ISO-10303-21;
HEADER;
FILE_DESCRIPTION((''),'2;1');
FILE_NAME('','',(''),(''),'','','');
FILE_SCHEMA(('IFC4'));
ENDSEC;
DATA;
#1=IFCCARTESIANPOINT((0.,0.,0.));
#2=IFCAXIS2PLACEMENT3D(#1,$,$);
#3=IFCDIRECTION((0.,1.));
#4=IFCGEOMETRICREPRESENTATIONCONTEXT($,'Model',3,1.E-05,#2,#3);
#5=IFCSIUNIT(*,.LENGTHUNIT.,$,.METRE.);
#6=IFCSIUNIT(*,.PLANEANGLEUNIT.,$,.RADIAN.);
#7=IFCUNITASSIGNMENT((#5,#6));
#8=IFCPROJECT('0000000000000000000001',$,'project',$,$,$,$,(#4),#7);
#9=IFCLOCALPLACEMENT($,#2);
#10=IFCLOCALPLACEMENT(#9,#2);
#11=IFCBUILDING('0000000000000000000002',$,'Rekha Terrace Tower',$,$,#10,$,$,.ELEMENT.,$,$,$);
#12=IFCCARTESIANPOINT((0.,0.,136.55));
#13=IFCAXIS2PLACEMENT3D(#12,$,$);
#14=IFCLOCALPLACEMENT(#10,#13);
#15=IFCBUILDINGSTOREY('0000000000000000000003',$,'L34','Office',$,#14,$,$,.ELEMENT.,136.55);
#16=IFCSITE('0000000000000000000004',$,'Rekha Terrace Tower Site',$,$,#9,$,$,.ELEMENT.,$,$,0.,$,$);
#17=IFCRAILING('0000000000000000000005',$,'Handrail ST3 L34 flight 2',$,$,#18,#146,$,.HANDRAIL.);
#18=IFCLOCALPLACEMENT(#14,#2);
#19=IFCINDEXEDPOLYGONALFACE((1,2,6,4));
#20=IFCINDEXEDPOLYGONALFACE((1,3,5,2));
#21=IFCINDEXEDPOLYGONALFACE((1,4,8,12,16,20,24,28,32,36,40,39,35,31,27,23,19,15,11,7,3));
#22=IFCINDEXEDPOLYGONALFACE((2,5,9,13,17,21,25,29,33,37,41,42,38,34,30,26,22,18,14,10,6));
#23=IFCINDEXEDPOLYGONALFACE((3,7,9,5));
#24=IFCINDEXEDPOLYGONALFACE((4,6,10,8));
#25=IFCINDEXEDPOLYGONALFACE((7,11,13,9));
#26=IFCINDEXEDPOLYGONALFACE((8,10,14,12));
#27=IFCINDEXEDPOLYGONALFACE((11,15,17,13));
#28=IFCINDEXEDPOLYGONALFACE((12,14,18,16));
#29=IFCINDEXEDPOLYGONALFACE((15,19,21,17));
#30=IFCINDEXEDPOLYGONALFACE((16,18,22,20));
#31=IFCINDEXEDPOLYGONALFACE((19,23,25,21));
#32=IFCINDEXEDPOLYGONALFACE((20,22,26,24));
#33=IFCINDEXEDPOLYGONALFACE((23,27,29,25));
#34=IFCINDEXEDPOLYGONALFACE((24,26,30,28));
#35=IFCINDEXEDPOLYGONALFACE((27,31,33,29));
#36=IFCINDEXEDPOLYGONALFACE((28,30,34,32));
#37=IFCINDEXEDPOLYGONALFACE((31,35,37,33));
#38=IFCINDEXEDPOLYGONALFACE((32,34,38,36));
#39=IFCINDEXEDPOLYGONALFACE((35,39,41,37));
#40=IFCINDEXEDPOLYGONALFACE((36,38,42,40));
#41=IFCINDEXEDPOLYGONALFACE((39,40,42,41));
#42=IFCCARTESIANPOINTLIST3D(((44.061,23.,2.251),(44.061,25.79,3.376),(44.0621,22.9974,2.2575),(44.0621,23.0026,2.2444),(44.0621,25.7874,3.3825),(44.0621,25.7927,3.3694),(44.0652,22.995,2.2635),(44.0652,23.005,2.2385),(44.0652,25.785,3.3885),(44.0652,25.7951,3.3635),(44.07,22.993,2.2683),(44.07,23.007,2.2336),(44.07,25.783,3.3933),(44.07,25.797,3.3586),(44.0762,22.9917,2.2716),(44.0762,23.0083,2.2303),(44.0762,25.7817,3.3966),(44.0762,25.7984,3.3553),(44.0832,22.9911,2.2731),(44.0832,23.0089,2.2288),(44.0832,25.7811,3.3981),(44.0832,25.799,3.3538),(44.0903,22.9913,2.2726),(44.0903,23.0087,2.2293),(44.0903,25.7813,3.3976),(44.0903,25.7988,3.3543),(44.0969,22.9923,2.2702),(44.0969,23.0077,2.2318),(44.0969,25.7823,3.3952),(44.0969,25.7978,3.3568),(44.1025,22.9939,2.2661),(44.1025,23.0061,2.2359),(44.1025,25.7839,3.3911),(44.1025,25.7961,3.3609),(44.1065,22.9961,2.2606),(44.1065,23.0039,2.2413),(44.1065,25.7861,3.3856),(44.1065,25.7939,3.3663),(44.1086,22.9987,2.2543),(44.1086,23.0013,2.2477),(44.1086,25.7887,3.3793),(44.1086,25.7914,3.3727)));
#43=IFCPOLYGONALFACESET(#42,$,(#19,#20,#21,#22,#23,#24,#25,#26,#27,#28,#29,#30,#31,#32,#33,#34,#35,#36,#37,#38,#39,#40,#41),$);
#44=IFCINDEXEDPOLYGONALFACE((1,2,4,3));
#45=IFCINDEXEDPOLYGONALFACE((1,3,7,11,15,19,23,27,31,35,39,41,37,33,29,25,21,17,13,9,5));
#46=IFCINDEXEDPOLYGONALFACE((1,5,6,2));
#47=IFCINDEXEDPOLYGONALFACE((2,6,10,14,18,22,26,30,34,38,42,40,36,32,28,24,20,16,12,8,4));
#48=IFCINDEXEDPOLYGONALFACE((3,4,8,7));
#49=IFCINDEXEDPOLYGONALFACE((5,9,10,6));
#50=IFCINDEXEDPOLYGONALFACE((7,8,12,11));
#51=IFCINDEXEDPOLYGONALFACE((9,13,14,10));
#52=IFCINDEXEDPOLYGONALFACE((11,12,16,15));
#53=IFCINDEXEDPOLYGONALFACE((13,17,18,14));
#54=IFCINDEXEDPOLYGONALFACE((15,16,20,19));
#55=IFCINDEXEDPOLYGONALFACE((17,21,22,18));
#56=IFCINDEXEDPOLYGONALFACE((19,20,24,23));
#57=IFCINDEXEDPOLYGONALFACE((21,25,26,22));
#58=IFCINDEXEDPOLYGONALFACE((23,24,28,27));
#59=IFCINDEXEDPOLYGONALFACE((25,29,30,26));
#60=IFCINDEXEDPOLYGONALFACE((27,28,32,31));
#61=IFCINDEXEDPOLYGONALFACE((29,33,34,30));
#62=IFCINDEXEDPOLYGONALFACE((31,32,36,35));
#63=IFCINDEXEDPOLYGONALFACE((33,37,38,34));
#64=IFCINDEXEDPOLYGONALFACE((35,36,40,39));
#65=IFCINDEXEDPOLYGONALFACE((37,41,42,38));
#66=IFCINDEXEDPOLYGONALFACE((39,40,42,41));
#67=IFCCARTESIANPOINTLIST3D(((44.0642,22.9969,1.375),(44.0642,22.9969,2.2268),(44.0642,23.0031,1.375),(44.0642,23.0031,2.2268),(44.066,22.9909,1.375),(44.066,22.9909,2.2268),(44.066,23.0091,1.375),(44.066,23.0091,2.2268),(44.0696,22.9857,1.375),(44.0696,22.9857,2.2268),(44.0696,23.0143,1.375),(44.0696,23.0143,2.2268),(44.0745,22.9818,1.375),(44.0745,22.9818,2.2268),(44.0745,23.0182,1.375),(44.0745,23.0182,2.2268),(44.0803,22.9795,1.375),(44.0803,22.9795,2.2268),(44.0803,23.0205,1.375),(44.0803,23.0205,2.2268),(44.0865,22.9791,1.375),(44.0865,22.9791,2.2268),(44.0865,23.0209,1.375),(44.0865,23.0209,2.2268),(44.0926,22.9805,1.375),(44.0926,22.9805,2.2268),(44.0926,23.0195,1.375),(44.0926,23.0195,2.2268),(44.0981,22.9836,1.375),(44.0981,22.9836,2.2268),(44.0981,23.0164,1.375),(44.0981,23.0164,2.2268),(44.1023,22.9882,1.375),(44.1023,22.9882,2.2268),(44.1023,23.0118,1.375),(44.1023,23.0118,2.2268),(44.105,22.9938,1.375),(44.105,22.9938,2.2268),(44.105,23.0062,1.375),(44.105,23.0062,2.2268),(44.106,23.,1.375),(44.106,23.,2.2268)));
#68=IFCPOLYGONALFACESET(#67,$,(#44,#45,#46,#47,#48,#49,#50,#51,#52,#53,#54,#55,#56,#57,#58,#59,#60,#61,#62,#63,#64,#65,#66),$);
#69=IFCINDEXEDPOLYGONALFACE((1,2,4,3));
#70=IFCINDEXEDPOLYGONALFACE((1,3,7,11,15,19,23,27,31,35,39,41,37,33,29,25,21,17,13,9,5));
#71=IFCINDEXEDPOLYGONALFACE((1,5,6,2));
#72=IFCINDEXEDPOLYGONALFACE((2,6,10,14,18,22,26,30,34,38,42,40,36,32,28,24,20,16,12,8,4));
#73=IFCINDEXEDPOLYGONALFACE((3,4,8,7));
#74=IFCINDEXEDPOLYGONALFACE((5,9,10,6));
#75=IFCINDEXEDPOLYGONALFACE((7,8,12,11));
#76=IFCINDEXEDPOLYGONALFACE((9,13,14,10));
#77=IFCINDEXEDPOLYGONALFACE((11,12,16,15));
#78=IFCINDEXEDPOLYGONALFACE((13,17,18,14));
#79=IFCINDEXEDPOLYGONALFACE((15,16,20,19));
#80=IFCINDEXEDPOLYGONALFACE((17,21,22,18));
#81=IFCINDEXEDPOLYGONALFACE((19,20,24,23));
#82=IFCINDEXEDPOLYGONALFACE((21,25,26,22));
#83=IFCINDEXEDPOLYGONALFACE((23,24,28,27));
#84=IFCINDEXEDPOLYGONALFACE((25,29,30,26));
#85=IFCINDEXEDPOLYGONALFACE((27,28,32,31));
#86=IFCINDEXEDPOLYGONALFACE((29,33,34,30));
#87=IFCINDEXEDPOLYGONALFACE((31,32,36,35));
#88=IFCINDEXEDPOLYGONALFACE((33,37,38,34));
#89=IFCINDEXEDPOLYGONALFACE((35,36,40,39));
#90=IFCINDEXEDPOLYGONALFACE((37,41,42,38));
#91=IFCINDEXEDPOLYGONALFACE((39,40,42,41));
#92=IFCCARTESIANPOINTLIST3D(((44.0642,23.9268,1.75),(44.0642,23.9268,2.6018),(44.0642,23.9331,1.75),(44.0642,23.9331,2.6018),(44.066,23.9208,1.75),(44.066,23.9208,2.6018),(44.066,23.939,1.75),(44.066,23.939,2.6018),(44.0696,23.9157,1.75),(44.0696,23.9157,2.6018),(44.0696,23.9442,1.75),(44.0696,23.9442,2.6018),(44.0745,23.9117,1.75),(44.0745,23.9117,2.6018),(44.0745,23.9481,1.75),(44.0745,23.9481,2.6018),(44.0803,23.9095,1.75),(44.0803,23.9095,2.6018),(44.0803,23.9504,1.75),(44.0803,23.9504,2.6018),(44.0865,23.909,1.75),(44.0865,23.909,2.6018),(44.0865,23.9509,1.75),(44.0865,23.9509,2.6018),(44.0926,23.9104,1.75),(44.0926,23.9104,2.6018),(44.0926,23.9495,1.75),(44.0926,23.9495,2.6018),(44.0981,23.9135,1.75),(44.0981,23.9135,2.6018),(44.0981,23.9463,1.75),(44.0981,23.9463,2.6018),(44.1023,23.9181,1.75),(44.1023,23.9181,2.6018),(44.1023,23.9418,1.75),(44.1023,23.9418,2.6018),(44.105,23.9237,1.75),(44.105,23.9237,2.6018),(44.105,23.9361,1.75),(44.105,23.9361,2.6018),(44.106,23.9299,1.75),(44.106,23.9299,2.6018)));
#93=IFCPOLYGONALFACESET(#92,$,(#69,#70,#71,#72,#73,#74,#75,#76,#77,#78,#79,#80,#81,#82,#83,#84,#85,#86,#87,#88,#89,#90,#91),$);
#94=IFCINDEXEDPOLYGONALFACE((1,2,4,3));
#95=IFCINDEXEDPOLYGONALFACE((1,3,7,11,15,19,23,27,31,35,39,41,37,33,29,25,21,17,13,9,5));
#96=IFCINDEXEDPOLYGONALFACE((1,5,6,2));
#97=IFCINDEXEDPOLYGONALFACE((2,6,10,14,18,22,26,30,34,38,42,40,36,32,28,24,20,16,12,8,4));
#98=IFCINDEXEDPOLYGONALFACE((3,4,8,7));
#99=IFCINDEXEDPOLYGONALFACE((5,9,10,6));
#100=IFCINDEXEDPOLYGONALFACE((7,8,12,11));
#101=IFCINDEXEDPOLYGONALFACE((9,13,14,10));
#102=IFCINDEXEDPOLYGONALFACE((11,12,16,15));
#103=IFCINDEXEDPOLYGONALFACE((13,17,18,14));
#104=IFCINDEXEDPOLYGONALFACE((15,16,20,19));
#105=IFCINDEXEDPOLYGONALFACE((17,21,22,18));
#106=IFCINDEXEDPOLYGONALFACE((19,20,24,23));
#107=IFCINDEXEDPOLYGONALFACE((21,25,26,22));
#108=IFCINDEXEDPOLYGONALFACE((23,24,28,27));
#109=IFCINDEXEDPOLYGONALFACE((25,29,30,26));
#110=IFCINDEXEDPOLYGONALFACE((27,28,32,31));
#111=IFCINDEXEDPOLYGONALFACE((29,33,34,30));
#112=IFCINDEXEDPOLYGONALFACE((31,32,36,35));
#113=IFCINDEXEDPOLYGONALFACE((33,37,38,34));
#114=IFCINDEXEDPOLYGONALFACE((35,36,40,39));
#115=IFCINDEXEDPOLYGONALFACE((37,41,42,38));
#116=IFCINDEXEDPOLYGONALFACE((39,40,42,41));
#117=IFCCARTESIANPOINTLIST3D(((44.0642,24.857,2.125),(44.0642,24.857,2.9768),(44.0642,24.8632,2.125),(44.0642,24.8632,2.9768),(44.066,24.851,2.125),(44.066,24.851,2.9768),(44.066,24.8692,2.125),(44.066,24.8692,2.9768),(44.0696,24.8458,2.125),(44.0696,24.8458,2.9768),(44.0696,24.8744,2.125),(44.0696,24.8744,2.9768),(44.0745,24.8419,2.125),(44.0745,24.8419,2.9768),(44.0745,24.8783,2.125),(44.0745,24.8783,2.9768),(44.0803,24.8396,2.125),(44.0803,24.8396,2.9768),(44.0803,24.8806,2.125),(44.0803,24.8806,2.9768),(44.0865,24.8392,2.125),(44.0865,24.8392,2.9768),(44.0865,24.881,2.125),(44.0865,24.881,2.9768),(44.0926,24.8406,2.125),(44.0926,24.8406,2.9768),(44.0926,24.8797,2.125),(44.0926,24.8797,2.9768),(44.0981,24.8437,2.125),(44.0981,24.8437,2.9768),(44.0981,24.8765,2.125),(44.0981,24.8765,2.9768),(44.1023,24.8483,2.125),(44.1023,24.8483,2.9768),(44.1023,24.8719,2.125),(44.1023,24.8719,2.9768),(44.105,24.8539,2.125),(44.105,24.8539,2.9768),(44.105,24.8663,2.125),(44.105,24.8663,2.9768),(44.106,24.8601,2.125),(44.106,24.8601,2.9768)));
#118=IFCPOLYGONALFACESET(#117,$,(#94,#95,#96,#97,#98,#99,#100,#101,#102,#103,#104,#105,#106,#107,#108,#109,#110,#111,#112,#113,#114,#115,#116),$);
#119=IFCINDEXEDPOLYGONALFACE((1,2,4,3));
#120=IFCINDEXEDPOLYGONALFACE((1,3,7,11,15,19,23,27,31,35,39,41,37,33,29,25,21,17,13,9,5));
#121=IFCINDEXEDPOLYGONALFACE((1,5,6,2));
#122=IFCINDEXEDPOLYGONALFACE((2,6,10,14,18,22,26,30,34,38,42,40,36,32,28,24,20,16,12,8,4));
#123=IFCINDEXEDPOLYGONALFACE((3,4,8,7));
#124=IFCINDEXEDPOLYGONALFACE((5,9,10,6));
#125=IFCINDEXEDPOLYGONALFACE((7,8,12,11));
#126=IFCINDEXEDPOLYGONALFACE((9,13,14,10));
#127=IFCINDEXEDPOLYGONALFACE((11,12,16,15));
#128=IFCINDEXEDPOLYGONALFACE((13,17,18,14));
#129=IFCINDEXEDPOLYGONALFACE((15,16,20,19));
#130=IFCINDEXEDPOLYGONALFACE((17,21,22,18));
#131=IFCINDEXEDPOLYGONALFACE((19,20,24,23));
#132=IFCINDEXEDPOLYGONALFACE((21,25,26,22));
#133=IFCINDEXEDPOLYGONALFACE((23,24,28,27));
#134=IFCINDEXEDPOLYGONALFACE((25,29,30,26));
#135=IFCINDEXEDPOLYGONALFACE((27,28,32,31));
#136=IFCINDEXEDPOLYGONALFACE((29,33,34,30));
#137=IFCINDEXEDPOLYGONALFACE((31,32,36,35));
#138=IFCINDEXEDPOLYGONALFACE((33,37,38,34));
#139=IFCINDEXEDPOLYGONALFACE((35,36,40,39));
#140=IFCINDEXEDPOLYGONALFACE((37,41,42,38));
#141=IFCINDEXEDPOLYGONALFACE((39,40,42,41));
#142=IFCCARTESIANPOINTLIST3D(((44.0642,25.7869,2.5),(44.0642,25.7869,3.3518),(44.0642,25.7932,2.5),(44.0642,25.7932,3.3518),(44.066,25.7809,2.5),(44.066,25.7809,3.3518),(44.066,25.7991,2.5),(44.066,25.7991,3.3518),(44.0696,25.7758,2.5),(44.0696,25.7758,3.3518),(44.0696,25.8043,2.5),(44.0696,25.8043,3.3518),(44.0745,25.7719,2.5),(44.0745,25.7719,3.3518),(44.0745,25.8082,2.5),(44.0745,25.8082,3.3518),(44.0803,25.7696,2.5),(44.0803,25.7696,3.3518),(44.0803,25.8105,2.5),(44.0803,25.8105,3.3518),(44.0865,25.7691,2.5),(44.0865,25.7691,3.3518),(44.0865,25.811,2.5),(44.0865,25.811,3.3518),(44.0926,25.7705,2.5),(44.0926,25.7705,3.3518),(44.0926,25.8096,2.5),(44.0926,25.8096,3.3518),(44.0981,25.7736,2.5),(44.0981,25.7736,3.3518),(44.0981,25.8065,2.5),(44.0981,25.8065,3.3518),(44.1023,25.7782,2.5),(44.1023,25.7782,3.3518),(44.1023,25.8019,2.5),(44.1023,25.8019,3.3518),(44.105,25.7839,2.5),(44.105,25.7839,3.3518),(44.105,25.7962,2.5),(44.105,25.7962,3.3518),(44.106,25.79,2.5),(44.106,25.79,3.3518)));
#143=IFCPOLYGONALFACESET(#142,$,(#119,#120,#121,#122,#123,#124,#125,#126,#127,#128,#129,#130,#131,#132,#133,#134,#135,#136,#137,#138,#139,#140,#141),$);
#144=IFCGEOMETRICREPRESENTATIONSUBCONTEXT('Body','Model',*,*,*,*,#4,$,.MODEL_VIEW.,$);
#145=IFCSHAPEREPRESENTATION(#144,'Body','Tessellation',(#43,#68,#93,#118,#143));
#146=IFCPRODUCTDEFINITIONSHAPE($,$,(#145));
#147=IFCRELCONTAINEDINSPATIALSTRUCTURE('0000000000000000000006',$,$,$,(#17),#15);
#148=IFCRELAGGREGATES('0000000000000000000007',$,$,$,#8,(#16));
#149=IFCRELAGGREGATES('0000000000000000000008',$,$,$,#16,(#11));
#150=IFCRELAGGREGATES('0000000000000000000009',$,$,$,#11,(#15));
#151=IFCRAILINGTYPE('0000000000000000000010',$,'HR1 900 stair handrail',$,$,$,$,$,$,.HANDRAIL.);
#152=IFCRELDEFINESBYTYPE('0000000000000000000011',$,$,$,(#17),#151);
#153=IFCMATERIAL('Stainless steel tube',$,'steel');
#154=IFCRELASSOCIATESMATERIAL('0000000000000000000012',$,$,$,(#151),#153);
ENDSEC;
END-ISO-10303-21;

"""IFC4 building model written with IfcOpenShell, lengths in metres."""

from ifc_helpers import new_model, si_unit, direction, frame, origin, origin_2d, place, context, subcontext, project, spatial, circle, extrude, material, type_object, element, save


model = new_model("IFC4")

# Units and contexts
model_context = context("Model", 3, precision=1e-05, world=origin(), true_north=direction((0.0, 1.0)))
body_context = subcontext(model_context, "Body", "Model", "MODEL_VIEW")
ifc_project = project(units=[si_unit("LENGTHUNIT", "METRE"), si_unit("PLANEANGLEUNIT", "RADIAN")], contexts=[model_context])

# Site, building, storey
site_placement = place(None, origin())
site = spatial("IfcSite", under=ifc_project, at=site_placement, Name="Rekha Terrace Tower Site", CompositionType="ELEMENT", RefElevation=0.0)
building_placement = place(site_placement, origin())
building = spatial("IfcBuilding", under=site, at=building_placement, Name="Rekha Terrace Tower", CompositionType="ELEMENT")
storey_placement = place(building_placement, frame((0.0, 0.0, 136.55)))
storey = spatial("IfcBuildingStorey", under=building, at=storey_placement, Name="L34", Description="Office", CompositionType="ELEMENT", Elevation=136.55)

# Railing
ifc_material_1 = material(Name="Stainless steel tube", Category="steel")
railing_type = type_object("IfcRailingType", Name="HR1 900 stair handrail", PredefinedType="HANDRAIL", material=ifc_material_1)
railing_1_placement = place(storey_placement, frame((44.085, 23.0, 1.375)))
element("IfcRailing", 1, at=railing_1_placement, inside=storey, type_object=railing_type, Name="Handrail ST3 L34 flight 2", PredefinedType="HANDRAIL", context=body_context, shape_type="SweptSolid", body=[
    extrude(circle(Radius=0.0239, at=origin_2d()), frame((0.0, 0.0, 0.876), z_axis=(0.0, 0.927443, 0.373964), x_axis=(-1.0, 0.0, 0.0)), (0.0, 0.0, 1.0), 3.0083),
    extrude(circle(Radius=0.021, at=origin_2d()), origin(), (0.0, 0.0, 1.0), 0.8518),
    extrude(circle(Radius=0.021, at=origin_2d()), frame((0.0, 0.9299, 0.375)), (0.0, 0.0, 1.0), 0.8518),
    extrude(circle(Radius=0.021, at=origin_2d()), frame((0.0, 1.8601, 0.75)), (0.0, 0.0, 1.0), 0.8518),
    extrude(circle(Radius=0.021, at=origin_2d()), frame((0.0, 2.79, 1.125)), (0.0, 0.0, 1.0), 0.8518),
])

save(model, "model.ifc")
